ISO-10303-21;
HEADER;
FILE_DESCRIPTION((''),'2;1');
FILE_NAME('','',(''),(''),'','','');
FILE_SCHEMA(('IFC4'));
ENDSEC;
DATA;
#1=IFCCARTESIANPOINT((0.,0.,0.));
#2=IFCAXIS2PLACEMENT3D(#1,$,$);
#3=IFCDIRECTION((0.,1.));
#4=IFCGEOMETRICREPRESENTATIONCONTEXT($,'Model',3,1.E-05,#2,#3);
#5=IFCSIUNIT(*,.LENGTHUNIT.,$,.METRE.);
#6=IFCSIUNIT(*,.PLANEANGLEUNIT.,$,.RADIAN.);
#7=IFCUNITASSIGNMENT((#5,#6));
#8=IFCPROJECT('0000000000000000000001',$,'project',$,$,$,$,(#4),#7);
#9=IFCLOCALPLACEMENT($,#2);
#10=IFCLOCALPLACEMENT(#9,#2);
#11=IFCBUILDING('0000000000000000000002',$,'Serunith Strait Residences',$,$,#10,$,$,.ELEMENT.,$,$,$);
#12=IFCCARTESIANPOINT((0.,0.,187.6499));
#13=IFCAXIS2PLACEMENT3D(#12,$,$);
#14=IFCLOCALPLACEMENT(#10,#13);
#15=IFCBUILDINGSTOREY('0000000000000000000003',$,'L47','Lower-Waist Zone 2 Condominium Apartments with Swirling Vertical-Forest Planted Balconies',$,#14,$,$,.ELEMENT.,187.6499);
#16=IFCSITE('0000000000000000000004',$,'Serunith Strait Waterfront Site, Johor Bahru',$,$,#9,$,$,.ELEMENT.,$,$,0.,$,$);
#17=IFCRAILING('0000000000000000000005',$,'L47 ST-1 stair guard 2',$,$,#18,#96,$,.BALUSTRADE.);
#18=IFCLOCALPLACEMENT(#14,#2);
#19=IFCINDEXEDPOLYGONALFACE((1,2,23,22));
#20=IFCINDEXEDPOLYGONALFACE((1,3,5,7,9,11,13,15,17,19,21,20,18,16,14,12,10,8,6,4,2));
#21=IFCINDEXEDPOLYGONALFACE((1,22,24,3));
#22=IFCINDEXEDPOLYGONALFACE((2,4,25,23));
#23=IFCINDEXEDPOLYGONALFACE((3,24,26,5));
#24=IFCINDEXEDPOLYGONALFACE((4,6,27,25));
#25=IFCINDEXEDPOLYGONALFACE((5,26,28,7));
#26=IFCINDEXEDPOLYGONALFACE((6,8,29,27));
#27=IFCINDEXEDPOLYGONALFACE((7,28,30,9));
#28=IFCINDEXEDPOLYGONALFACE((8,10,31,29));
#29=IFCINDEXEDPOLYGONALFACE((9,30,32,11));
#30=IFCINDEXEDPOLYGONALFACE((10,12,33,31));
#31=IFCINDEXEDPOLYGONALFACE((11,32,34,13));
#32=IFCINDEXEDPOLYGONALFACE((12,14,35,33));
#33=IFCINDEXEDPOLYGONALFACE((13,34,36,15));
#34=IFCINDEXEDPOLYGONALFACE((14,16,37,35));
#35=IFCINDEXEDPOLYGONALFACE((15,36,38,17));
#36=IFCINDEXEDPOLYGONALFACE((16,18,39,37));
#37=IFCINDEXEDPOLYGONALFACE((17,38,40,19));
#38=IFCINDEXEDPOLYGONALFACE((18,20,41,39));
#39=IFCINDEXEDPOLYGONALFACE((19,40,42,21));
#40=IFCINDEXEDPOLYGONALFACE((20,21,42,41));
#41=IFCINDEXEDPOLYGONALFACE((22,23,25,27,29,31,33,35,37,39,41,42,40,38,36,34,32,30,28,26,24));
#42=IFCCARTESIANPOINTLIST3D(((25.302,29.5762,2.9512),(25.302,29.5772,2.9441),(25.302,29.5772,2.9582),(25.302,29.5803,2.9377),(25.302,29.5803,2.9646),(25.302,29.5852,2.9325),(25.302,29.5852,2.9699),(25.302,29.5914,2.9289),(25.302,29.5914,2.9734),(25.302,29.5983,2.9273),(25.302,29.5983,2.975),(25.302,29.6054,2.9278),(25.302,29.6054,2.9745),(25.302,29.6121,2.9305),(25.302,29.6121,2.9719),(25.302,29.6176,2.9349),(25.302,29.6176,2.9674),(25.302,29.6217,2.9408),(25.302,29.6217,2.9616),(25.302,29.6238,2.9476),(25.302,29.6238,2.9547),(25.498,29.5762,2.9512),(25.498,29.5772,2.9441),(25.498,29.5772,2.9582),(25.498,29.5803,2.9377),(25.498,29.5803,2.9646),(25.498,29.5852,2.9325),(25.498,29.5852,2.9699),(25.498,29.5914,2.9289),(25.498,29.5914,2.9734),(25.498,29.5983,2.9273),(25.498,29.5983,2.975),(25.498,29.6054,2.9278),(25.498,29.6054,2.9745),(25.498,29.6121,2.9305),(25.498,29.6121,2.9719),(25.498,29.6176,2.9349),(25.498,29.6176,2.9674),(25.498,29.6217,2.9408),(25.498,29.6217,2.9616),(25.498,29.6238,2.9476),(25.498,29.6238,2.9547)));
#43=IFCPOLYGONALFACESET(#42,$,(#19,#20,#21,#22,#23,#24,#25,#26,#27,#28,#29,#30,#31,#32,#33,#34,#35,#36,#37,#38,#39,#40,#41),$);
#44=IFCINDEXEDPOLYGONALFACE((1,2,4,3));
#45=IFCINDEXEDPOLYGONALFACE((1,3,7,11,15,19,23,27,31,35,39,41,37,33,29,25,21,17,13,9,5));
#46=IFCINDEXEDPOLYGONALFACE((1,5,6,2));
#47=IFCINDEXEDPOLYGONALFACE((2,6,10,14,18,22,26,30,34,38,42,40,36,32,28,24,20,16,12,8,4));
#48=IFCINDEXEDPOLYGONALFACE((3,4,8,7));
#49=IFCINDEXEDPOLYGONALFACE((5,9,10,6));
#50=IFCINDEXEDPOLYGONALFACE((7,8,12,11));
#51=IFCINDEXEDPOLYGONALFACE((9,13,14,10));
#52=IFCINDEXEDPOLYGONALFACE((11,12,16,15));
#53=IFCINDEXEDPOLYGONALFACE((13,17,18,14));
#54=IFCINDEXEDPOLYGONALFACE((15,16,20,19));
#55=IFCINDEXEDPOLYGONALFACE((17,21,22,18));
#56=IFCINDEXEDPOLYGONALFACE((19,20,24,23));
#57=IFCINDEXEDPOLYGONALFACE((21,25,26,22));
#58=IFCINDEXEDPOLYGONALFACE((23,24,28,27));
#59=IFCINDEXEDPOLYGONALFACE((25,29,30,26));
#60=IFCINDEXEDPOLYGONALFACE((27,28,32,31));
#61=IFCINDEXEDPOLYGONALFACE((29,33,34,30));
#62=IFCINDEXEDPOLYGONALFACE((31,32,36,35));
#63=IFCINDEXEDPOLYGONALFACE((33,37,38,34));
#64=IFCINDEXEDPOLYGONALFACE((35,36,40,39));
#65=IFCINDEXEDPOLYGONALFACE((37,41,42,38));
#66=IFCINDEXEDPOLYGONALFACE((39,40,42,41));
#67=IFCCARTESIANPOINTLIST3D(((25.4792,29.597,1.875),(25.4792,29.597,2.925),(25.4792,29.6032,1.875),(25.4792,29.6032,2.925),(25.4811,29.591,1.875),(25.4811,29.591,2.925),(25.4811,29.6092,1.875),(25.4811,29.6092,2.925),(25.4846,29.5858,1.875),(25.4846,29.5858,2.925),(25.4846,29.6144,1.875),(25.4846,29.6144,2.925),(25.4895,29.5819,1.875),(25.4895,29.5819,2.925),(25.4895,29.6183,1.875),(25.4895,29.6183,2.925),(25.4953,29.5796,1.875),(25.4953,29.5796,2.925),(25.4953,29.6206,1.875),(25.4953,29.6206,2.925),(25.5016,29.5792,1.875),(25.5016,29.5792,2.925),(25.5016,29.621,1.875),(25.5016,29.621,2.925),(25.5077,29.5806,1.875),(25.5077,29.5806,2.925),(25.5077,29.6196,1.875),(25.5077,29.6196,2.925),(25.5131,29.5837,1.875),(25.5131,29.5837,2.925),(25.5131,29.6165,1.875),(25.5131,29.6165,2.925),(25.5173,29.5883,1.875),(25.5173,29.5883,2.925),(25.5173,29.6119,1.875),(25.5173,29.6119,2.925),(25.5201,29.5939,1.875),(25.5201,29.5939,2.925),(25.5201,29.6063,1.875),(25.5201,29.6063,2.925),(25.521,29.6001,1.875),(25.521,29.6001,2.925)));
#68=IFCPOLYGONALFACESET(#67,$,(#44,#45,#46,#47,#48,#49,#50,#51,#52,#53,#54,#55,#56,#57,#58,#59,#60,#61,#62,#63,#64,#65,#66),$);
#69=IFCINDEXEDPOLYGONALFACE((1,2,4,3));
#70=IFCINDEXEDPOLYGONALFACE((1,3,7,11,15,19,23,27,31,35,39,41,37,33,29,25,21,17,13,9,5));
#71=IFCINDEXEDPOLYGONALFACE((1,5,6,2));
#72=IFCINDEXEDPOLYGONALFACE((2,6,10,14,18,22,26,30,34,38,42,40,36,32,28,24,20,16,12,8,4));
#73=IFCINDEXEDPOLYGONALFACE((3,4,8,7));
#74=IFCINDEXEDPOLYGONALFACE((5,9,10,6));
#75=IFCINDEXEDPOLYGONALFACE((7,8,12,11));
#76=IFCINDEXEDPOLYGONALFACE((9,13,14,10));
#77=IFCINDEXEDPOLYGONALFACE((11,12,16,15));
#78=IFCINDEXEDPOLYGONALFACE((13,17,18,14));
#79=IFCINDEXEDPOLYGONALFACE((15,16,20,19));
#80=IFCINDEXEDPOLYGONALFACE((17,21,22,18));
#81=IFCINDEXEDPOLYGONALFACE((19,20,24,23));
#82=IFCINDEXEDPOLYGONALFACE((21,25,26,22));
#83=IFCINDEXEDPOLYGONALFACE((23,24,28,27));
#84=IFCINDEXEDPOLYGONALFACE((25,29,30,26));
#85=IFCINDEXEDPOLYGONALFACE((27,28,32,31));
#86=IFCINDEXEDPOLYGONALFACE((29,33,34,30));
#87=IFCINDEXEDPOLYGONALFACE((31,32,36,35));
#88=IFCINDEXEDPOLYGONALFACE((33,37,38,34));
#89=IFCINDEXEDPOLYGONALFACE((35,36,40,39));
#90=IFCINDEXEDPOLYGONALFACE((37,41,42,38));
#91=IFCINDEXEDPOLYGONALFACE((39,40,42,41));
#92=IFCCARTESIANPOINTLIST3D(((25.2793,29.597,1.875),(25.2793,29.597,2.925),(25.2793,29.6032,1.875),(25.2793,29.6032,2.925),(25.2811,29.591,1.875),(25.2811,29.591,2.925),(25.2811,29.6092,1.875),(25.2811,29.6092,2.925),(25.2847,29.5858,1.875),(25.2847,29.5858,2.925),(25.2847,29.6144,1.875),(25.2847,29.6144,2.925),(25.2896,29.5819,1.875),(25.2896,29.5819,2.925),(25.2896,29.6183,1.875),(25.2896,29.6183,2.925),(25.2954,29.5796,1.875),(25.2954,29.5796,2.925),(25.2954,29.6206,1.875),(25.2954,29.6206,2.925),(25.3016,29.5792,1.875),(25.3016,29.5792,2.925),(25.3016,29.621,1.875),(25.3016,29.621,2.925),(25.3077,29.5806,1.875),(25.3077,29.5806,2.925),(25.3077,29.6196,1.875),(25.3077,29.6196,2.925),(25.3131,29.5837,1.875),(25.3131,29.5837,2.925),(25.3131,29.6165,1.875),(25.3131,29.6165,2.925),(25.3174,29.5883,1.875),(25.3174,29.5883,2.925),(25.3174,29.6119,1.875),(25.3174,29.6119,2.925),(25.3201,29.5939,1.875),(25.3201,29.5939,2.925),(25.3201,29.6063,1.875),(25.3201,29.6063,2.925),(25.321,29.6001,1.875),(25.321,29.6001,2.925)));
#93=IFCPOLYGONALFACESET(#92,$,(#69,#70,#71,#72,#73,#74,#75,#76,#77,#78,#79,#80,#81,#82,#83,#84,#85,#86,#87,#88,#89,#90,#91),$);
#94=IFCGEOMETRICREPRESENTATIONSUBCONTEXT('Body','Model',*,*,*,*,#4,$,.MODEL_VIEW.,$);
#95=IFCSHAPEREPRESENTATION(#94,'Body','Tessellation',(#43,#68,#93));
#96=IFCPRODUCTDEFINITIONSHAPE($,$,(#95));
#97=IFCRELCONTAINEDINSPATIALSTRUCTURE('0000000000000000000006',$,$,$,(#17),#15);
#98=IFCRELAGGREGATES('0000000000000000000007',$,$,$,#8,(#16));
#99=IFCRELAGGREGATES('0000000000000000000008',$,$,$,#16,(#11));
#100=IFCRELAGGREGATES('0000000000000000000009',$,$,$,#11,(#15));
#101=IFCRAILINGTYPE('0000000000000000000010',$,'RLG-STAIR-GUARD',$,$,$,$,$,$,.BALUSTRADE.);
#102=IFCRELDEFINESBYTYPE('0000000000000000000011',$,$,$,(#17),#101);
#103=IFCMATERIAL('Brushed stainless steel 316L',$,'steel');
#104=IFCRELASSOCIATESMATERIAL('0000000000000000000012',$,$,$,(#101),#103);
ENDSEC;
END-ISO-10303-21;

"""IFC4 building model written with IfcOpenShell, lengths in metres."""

from ifc_helpers import new_model, si_unit, direction, frame, origin, origin_2d, place, context, subcontext, project, spatial, circle, extrude, material, type_object, element, save


model = new_model("IFC4")

# Units and contexts
model_context = context("Model", 3, precision=1e-05, world=origin(), true_north=direction((0.0, 1.0)))
body_context = subcontext(model_context, "Body", "Model", "MODEL_VIEW")
ifc_project = project(units=[si_unit("LENGTHUNIT", "METRE"), si_unit("PLANEANGLEUNIT", "RADIAN")], contexts=[model_context])

# Site, building, storey
site_placement = place(None, origin())
site = spatial("IfcSite", under=ifc_project, at=site_placement, Name="Serunith Strait Waterfront Site, Johor Bahru", CompositionType="ELEMENT", RefElevation=0.0)
building_placement = place(site_placement, origin())
building = spatial("IfcBuilding", under=site, at=building_placement, Name="Serunith Strait Residences", CompositionType="ELEMENT")
storey_placement = place(building_placement, frame((0.0, 0.0, 187.6499)))
storey = spatial("IfcBuildingStorey", under=building, at=storey_placement, Name="L47", Description="Lower-Waist Zone 2 Condominium Apartments with Swirling Vertical-Forest Planted Balconies", CompositionType="ELEMENT", Elevation=187.6499)

# Railing
ifc_material_1 = material(Name="Brushed stainless steel 316L", Category="steel")
railing_type_1 = type_object("IfcRailingType", Name="RLG-STAIR-GUARD", PredefinedType="BALUSTRADE", material=ifc_material_1)
railing_1_placement = place(storey_placement, frame((25.5, 29.6001, 1.875)))
element("IfcRailing", 1, at=railing_1_placement, inside=storey, type_object=railing_type_1, Name="L47 ST-1 stair guard 2", PredefinedType="BALUSTRADE", context=body_context, shape_type="SweptSolid", body=[
    extrude(circle(Radius=0.0239, at=origin_2d()), frame((-0.002, 0.0, 1.0762), z_axis=(-1.0, 0.0, 0.0), x_axis=(0.0, -1.0, 0.0)), (0.0, 0.0, 1.0), 0.196),
    extrude(circle(Radius=0.021, at=origin_2d()), origin(), (0.0, 0.0, 1.0), 1.05),
    extrude(circle(Radius=0.021, at=origin_2d()), frame((-0.2, 0.0, 0.0)), (0.0, 0.0, 1.0), 1.05),
])

save(model, "model.ifc")
